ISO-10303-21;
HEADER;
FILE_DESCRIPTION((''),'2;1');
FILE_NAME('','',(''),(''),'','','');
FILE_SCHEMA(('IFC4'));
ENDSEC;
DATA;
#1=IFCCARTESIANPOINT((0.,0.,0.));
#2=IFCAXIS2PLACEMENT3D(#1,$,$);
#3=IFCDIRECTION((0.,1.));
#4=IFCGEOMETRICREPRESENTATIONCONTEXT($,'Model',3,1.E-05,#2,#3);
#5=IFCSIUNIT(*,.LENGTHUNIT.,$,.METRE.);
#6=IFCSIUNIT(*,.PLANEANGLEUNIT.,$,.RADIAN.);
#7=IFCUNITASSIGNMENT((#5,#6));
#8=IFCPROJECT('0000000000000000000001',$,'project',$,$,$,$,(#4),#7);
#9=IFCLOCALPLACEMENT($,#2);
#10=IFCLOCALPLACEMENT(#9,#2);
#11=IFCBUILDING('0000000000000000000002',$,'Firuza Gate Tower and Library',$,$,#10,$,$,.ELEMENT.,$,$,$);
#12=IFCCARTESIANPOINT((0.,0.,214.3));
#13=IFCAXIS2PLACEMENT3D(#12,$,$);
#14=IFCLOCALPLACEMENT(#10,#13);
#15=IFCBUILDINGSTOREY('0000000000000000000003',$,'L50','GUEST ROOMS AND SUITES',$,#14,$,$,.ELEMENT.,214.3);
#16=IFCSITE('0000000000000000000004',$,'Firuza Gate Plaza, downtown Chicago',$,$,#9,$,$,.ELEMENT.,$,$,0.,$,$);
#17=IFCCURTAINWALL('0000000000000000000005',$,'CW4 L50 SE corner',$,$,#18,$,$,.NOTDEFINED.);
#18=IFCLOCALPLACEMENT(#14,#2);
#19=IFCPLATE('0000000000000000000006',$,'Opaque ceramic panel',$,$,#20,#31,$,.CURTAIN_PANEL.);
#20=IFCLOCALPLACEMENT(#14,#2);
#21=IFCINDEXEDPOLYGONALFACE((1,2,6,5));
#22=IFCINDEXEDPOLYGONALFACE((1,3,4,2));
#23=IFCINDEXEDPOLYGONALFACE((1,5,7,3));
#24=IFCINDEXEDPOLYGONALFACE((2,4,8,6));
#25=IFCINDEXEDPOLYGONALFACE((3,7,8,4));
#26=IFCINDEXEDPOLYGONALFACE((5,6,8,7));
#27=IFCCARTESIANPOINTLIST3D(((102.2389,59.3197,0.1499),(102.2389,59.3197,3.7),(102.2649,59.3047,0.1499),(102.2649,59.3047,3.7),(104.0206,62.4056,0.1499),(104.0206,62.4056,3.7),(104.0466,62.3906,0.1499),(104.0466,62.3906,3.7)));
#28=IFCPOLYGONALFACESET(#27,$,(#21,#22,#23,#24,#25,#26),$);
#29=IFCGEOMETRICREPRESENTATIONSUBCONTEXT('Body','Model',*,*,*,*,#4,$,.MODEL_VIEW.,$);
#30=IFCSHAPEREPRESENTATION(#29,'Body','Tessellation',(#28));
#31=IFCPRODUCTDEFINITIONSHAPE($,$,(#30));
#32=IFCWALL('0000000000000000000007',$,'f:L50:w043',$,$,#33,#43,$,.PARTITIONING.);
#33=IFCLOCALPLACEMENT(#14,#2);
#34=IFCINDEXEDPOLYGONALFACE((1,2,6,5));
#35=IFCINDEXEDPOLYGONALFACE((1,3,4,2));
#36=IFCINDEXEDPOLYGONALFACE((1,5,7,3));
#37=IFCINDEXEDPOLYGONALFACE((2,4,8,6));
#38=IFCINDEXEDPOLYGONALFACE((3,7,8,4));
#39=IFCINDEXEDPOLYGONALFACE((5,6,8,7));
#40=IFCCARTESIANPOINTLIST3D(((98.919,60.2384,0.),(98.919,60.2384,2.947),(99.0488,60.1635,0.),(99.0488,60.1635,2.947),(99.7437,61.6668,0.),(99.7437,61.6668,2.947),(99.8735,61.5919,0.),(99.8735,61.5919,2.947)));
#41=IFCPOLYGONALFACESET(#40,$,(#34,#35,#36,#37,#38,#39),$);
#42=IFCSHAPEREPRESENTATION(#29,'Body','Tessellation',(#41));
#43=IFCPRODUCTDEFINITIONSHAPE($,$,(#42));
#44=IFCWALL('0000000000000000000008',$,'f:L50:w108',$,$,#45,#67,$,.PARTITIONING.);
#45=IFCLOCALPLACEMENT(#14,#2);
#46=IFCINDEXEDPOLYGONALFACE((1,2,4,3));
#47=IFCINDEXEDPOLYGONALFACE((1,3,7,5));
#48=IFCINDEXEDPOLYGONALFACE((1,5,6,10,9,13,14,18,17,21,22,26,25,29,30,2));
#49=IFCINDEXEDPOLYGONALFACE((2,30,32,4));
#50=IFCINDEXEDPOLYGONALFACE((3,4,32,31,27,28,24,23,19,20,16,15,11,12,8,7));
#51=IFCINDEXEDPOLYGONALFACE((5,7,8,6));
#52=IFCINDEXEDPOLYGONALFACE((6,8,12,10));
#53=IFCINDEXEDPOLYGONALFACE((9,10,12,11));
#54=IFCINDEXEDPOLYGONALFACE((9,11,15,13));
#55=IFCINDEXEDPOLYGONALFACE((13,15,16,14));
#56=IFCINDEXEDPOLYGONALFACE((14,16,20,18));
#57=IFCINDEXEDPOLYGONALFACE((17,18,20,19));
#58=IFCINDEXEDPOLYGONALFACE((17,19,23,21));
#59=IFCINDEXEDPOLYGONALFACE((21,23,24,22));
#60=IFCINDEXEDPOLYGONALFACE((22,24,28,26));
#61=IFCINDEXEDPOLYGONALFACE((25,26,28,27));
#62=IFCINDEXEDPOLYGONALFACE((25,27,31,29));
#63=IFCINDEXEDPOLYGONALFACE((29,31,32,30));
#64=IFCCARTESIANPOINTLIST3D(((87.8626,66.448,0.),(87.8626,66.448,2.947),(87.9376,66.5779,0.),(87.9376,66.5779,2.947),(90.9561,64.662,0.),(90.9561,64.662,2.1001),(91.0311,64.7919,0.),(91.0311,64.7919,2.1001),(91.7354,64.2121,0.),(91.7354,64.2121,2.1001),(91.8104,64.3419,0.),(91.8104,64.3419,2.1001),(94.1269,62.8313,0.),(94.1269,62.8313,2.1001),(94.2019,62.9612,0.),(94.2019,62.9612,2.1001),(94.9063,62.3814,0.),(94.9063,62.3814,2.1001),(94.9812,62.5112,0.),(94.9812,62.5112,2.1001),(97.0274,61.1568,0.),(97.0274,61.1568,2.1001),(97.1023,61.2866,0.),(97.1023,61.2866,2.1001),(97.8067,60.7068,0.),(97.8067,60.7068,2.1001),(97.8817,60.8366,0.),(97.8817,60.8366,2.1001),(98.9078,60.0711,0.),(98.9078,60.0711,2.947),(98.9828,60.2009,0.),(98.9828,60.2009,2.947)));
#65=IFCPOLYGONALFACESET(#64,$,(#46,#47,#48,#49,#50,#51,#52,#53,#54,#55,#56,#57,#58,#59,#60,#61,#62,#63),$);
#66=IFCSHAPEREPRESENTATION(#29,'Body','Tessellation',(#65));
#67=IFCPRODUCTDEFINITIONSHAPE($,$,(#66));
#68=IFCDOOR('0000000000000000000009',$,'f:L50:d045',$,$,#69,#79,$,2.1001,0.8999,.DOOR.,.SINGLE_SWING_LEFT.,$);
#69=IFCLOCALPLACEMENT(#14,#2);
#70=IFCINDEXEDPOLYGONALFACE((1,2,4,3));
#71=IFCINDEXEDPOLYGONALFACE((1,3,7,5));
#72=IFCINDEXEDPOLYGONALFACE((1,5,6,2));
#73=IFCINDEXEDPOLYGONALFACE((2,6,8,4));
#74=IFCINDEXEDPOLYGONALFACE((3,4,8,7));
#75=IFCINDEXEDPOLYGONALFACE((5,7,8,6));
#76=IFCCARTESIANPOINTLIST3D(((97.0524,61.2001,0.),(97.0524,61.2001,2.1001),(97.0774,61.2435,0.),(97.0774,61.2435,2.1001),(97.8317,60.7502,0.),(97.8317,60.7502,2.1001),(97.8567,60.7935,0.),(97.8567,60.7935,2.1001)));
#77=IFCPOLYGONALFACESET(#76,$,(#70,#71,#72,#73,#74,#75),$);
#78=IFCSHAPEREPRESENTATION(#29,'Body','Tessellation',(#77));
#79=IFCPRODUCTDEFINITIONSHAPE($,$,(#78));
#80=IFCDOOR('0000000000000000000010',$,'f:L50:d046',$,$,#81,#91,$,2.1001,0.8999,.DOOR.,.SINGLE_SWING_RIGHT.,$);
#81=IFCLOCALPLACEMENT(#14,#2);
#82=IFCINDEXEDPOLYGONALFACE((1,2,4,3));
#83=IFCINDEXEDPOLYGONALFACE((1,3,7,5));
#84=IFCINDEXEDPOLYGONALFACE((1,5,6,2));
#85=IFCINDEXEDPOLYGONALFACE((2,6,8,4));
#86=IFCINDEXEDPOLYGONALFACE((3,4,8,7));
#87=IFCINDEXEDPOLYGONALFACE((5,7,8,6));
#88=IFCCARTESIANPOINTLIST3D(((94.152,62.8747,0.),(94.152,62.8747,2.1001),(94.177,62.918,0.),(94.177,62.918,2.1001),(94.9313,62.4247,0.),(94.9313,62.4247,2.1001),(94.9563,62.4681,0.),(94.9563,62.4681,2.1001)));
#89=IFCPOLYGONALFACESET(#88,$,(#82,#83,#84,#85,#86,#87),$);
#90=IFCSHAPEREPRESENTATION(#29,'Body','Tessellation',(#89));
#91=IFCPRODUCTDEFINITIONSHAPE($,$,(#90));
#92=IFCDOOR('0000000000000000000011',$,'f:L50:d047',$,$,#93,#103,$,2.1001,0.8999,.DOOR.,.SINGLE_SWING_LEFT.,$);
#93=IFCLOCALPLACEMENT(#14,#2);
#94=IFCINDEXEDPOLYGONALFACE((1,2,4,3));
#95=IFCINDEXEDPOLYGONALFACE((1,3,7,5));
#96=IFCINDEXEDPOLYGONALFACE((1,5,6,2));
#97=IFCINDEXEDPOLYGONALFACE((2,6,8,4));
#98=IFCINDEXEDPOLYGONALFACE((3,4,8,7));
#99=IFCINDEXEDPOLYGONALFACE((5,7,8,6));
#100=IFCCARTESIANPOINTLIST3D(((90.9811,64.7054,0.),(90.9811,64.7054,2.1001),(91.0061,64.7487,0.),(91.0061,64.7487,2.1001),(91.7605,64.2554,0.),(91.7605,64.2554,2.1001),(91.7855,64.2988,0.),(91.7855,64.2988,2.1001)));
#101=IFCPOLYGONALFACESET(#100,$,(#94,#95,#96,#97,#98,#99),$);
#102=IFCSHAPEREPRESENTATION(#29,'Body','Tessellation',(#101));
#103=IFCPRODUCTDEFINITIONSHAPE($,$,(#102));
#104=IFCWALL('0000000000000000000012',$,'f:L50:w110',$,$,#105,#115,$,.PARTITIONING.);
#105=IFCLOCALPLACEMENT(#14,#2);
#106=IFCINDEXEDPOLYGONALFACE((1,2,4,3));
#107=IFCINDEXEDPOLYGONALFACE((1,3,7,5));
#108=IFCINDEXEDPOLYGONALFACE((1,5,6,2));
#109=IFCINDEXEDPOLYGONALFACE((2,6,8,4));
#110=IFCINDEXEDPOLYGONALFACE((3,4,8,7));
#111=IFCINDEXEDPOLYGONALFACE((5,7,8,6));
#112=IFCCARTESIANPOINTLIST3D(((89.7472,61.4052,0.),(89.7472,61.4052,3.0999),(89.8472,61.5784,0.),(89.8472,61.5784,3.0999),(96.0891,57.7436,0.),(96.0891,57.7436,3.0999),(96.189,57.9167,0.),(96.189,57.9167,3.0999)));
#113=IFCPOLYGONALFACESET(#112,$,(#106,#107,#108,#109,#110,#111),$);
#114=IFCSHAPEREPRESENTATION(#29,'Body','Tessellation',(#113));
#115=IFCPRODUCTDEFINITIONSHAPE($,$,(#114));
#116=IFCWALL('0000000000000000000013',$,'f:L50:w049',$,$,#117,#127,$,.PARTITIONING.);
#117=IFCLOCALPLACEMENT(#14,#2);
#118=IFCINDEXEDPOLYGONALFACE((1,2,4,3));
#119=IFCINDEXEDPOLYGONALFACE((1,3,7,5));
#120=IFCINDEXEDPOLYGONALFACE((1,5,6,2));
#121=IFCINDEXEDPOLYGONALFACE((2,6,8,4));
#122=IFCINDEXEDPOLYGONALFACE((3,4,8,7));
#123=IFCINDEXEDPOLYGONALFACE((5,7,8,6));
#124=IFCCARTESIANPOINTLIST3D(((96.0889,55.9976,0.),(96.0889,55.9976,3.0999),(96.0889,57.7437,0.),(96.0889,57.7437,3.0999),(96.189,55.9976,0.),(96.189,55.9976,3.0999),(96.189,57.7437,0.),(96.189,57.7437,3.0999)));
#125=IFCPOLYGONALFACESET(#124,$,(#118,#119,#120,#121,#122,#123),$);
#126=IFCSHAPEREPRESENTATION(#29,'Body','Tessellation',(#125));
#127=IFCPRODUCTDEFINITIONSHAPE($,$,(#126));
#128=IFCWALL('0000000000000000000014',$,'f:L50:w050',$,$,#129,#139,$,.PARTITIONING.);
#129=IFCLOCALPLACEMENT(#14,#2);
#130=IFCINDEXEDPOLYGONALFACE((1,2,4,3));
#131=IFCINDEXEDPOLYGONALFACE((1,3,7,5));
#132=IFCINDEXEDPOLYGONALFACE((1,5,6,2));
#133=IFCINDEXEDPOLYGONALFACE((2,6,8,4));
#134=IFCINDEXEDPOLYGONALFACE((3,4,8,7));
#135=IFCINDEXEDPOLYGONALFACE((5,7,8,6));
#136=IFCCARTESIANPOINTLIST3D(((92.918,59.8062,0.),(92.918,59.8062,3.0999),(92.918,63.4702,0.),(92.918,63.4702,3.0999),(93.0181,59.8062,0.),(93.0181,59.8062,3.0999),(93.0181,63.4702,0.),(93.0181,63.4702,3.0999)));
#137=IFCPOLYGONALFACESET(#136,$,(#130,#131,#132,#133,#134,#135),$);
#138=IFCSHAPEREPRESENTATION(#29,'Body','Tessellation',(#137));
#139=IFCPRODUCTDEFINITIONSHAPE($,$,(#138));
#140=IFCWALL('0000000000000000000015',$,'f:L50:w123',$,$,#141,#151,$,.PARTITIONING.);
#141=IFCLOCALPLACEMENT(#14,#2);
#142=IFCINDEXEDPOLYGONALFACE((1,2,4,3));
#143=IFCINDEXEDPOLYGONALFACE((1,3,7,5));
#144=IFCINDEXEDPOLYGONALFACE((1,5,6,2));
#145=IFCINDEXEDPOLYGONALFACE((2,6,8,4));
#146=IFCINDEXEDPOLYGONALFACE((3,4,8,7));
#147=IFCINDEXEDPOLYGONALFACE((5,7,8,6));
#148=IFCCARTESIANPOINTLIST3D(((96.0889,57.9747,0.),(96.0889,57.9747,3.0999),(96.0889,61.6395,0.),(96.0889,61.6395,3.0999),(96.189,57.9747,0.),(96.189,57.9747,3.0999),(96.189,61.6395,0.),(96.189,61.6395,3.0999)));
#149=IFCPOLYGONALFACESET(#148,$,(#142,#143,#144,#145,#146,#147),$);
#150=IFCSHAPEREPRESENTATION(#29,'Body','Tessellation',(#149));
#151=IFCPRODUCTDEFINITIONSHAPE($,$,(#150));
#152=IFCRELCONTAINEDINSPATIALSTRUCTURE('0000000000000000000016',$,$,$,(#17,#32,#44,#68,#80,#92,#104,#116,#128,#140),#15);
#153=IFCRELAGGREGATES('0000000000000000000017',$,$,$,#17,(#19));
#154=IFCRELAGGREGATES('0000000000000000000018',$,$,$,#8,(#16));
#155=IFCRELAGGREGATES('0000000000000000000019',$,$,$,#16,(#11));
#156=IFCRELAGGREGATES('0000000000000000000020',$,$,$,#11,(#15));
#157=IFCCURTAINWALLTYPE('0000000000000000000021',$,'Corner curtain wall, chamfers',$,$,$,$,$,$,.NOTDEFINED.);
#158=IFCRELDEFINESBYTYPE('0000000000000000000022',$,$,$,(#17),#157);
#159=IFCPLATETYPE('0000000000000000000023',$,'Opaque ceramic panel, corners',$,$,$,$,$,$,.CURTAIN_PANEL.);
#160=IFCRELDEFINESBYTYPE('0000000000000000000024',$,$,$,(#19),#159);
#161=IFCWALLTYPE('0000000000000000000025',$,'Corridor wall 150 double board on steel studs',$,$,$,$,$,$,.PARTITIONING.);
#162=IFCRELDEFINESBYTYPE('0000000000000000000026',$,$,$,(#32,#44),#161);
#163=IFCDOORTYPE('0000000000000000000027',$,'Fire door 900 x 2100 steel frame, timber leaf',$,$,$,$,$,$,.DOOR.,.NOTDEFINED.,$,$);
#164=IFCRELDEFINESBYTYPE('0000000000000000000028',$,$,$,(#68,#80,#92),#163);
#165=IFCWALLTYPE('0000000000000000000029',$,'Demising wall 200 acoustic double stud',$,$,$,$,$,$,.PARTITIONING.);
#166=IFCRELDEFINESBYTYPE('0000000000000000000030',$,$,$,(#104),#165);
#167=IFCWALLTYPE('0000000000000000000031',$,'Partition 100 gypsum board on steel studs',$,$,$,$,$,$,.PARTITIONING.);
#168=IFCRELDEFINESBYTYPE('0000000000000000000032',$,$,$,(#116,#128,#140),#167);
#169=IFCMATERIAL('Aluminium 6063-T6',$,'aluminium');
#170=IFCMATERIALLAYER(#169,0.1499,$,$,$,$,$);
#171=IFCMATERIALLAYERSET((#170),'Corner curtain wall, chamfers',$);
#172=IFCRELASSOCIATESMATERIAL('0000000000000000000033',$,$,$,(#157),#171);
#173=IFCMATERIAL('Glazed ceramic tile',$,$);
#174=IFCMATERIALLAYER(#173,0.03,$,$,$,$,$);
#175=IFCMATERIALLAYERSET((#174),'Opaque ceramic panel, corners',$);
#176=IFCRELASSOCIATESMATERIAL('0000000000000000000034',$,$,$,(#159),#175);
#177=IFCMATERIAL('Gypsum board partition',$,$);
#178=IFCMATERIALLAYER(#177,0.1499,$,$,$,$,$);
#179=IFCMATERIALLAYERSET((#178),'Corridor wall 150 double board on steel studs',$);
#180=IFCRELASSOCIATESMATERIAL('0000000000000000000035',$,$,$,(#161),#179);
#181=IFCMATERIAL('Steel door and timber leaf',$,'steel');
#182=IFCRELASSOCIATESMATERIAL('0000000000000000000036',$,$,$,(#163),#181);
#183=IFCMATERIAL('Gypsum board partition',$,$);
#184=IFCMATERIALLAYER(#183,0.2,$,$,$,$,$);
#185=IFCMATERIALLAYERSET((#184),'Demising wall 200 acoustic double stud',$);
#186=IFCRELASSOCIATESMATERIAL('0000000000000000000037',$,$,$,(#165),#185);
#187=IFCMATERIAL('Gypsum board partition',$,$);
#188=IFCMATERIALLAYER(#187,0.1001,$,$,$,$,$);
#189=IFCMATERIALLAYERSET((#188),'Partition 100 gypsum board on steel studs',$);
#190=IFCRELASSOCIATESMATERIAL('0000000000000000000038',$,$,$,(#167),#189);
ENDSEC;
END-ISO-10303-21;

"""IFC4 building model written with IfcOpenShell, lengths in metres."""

from ifc_helpers import new_model, si_unit, direction, frame, frame_2d, origin, place, context, subcontext, project, spatial, polyline, rectangle, outline, extrude, material, layer, layer_set, type_object, element, fill, aggregate, save


model = new_model("IFC4")

# Units and contexts
model_context = context("Model", 3, precision=1e-05, world=origin(), true_north=direction((0.0, 1.0)))
body_context = subcontext(model_context, "Body", "Model", "MODEL_VIEW")
ifc_project = project(units=[si_unit("LENGTHUNIT", "METRE"), si_unit("PLANEANGLEUNIT", "RADIAN")], contexts=[model_context])

# Site, building, storey
site_placement = place(None, origin())
site = spatial("IfcSite", under=ifc_project, at=site_placement, Name="Firuza Gate Plaza, downtown Chicago", CompositionType="ELEMENT", RefElevation=0.0)
building_placement = place(site_placement, origin())
building = spatial("IfcBuilding", under=site, at=building_placement, Name="Firuza Gate Tower and Library", CompositionType="ELEMENT")
storey_placement = place(building_placement, frame((0.0, 0.0, 214.3)))
storey = spatial("IfcBuildingStorey", under=building, at=storey_placement, Name="L50", Description="GUEST ROOMS AND SUITES", CompositionType="ELEMENT", Elevation=214.3)

# Curtain wall
ifc_material_1 = material(Name="Aluminium 6063-T6", Category="aluminium")
ifc_layer_1 = layer(ifc_material_1, 0.1499)
ifc_layer_set_1 = layer_set([ifc_layer_1], Name="Corner curtain wall, chamfers")
curtain_wall_type = type_object("IfcCurtainWallType", Name="Corner curtain wall, chamfers", PredefinedType="NOTDEFINED", material=ifc_layer_set_1)
curtain_wall_placement = place(storey_placement, origin())
curtain_wall = element("IfcCurtainWall", 1, at=curtain_wall_placement, inside=storey, type_object=curtain_wall_type, Name="CW4 L50 SE corner", PredefinedType="NOTDEFINED")

# Plate
ifc_material_2 = material(Name="Glazed ceramic tile")
ifc_layer_2 = layer(ifc_material_2, 0.03)
ifc_layer_set_2 = layer_set([ifc_layer_2], Name="Opaque ceramic panel, corners")
plate_type_1 = type_object("IfcPlateType", Name="Opaque ceramic panel, corners", PredefinedType="CURTAIN_PANEL", material=ifc_layer_set_2)
plate_1_placement = place(storey_placement, frame((102.2649, 59.3047, 0.1499), z_axis=(0.866017, -0.500015, 0.0), x_axis=(0.500015, 0.866017, 0.0)))
plate_1 = element("IfcPlate", 2, at=plate_1_placement, type_object=plate_type_1, Name="Opaque ceramic panel", PredefinedType="CURTAIN_PANEL", context=body_context, shape_type="SweptSolid", body=[
    extrude(outline(polyline([(0.0, 0.0), (3.5634, 0.0), (3.5634, 3.55), (0.0, 3.55), (0.0, 0.0)])), origin(), (0.0, 0.0, -1.0), 0.03),
])
aggregate(curtain_wall, [plate_1])

# Wall
ifc_material_3 = material(Name="Gypsum board partition")
ifc_layer_3 = layer(ifc_material_3, 0.1499)
ifc_layer_set_3 = layer_set([ifc_layer_3], Name="Corridor wall 150 double board on steel studs")
wall_type_1 = type_object("IfcWallType", Name="Corridor wall 150 double board on steel studs", PredefinedType="PARTITIONING", material=ifc_layer_set_3)
wall_1_placement = place(storey_placement, frame((98.9839, 60.2009, 0.0), z_axis=(0.0, 0.0, 1.0), x_axis=(0.499992, 0.86603, 0.0)))
element("IfcWall", 3, at=wall_1_placement, inside=storey, type_object=wall_type_1, Name="f:L50:w043", PredefinedType="PARTITIONING", context=body_context, shape_type="SweptSolid", body=[
    extrude(rectangle(XDim=1.6494, YDim=0.1499, at=frame_2d((0.8247, 0.0))), origin(), (0.0, 0.0, 1.0), 2.947),
])

# Wall, openings, doors
wall_2_placement = place(storey_placement, frame((98.9453, 60.136, 0.0), z_axis=(0.0, 0.0, 1.0), x_axis=(-0.866025, 0.500001, 0.0)))
wall_2 = element("IfcWall", 4, at=wall_2_placement, inside=storey, type_object=wall_type_1, Name="f:L50:w108", PredefinedType="PARTITIONING", context=body_context, shape_type="SweptSolid", body=[
    extrude(rectangle(XDim=12.7539, YDim=0.1499, at=frame_2d((6.377, 0.0))), origin(), (0.0, 0.0, 1.0), 2.947),
])
opening_1_placement = place(wall_2_placement, frame((1.2715, 0.0, 0.0)))
opening_1 = element("IfcOpeningElement", 5, at=opening_1_placement, cuts=wall_2, PredefinedType="OPENING", context=body_context, shape_type="SweptSolid", body=[
    extrude(rectangle(XDim=0.8999, YDim=2.1001, at=frame_2d((0.45, 1.05))), frame((0.0, 0.085, 0.0), z_axis=(0.0, -1.0, 0.0), x_axis=(1.0, 0.0, 0.0)), (0.0, 0.0, 1.0), 0.1699),
])
opening_2_placement = place(wall_2_placement, frame((4.6206, 0.0, 0.0)))
opening_2 = element("IfcOpeningElement", 6, at=opening_2_placement, cuts=wall_2, PredefinedType="OPENING", context=body_context, shape_type="SweptSolid", body=[
    extrude(rectangle(XDim=0.8999, YDim=2.1001, at=frame_2d((0.45, 1.05))), frame((0.0, 0.085, 0.0), z_axis=(0.0, -1.0, 0.0), x_axis=(1.0, 0.0, 0.0)), (0.0, 0.0, 1.0), 0.1699),
])
opening_3_placement = place(wall_2_placement, frame((8.282, 0.0, 0.0)))
opening_3 = element("IfcOpeningElement", 7, at=opening_3_placement, cuts=wall_2, PredefinedType="OPENING", context=body_context, shape_type="SweptSolid", body=[
    extrude(rectangle(XDim=0.8999, YDim=2.1001, at=frame_2d((0.45, 1.05))), frame((0.0, 0.085, 0.0), z_axis=(0.0, -1.0, 0.0), x_axis=(1.0, 0.0, 0.0)), (0.0, 0.0, 1.0), 0.1699),
])
ifc_material_4 = material(Name="Steel door and timber leaf", Category="steel")
door_type = type_object("IfcDoorType", Name="Fire door 900 x 2100 steel frame, timber leaf", OperationType="NOTDEFINED", PredefinedType="DOOR", material=ifc_material_4)
door_1_placement = place(opening_1_placement, origin())
door_1 = element("IfcDoor", 8, at=door_1_placement, inside=storey, type_object=door_type, Name="f:L50:d045", OperationType="SINGLE_SWING_LEFT", OverallHeight=2.1001, OverallWidth=0.8999, PredefinedType="DOOR", context=body_context, shape_type="SweptSolid", body=[
    extrude(rectangle(XDim=0.8999, YDim=2.1001, at=frame_2d((0.45, 1.05))), frame((0.0, 0.0249, 0.0), z_axis=(0.0, -1.0, 0.0), x_axis=(1.0, 0.0, 0.0)), (0.0, 0.0, 1.0), 0.05),
])
fill(opening_1, door_1)
door_2_placement = place(opening_2_placement, origin())
door_2 = element("IfcDoor", 9, at=door_2_placement, inside=storey, type_object=door_type, Name="f:L50:d046", OperationType="SINGLE_SWING_RIGHT", OverallHeight=2.1001, OverallWidth=0.8999, PredefinedType="DOOR", context=body_context, shape_type="SweptSolid", body=[
    extrude(rectangle(XDim=0.8999, YDim=2.1001, at=frame_2d((0.45, 1.05))), frame((0.0, 0.0249, 0.0), z_axis=(0.0, -1.0, 0.0), x_axis=(1.0, 0.0, 0.0)), (0.0, 0.0, 1.0), 0.05),
])
fill(opening_2, door_2)
door_3_placement = place(opening_3_placement, origin())
door_3 = element("IfcDoor", 10, at=door_3_placement, inside=storey, type_object=door_type, Name="f:L50:d047", OperationType="SINGLE_SWING_LEFT", OverallHeight=2.1001, OverallWidth=0.8999, PredefinedType="DOOR", context=body_context, shape_type="SweptSolid", body=[
    extrude(rectangle(XDim=0.8999, YDim=2.1001, at=frame_2d((0.45, 1.05))), frame((0.0, 0.0249, 0.0), z_axis=(0.0, -1.0, 0.0), x_axis=(1.0, 0.0, 0.0)), (0.0, 0.0, 1.0), 0.05),
])
fill(opening_3, door_3)

# Walls
ifc_material_5 = material(Name="Gypsum board partition")
ifc_layer_4 = layer(ifc_material_5, 0.2)
ifc_layer_set_4 = layer_set([ifc_layer_4], Name="Demising wall 200 acoustic double stud")
wall_type_2 = type_object("IfcWallType", Name="Demising wall 200 acoustic double stud", PredefinedType="PARTITIONING", material=ifc_layer_set_4)
wall_3_placement = place(storey_placement, frame((96.1392, 57.8301, 0.0), z_axis=(0.0, 0.0, 1.0), x_axis=(-0.866015, 0.500019, 0.0)))
element("IfcWall", 11, at=wall_3_placement, inside=storey, type_object=wall_type_2, Name="f:L50:w110", PredefinedType="PARTITIONING", context=body_context, shape_type="SweptSolid", body=[
    extrude(rectangle(XDim=7.323, YDim=0.2, at=frame_2d((3.6616, 0.0))), origin(), (0.0, 0.0, 1.0), 3.0999),
])
ifc_material_6 = material(Name="Gypsum board partition")
ifc_layer_5 = layer(ifc_material_6, 0.1001)
ifc_layer_set_5 = layer_set([ifc_layer_5], Name="Partition 100 gypsum board on steel studs")
wall_type_3 = type_object("IfcWallType", Name="Partition 100 gypsum board on steel studs", PredefinedType="PARTITIONING", material=ifc_layer_set_5)
wall_4_placement = place(storey_placement, frame((96.1389, 55.9976, 0.0), z_axis=(0.0, 0.0, 1.0), x_axis=(0.0, 1.0, 0.0)))
element("IfcWall", 12, at=wall_4_placement, inside=storey, type_object=wall_type_3, Name="f:L50:w049", PredefinedType="PARTITIONING", context=body_context, shape_type="SweptSolid", body=[
    extrude(rectangle(XDim=1.7461, YDim=0.1001, at=frame_2d((0.873, 0.0))), origin(), (0.0, 0.0, 1.0), 3.0999),
])
wall_5_placement = place(storey_placement, frame((92.968, 59.8062, 0.0), z_axis=(0.0, 0.0, 1.0), x_axis=(0.0, 1.0, 0.0)))
element("IfcWall", 13, at=wall_5_placement, inside=storey, type_object=wall_type_3, Name="f:L50:w050", PredefinedType="PARTITIONING", context=body_context, shape_type="SweptSolid", body=[
    extrude(rectangle(XDim=3.6641, YDim=0.1001, at=frame_2d((1.832, 0.0))), origin(), (0.0, 0.0, 1.0), 3.0999),
])
wall_6_placement = place(storey_placement, frame((96.1389, 57.9746, 0.0), z_axis=(0.0, 0.0, 1.0), x_axis=(0.0, 1.0, 0.0)))
element("IfcWall", 14, at=wall_6_placement, inside=storey, type_object=wall_type_3, Name="f:L50:w123", PredefinedType="PARTITIONING", context=body_context, shape_type="SweptSolid", body=[
    extrude(rectangle(XDim=3.6648, YDim=0.1001, at=frame_2d((1.8325, 0.0))), origin(), (0.0, 0.0, 1.0), 3.0999),
])

save(model, "model.ifc")
